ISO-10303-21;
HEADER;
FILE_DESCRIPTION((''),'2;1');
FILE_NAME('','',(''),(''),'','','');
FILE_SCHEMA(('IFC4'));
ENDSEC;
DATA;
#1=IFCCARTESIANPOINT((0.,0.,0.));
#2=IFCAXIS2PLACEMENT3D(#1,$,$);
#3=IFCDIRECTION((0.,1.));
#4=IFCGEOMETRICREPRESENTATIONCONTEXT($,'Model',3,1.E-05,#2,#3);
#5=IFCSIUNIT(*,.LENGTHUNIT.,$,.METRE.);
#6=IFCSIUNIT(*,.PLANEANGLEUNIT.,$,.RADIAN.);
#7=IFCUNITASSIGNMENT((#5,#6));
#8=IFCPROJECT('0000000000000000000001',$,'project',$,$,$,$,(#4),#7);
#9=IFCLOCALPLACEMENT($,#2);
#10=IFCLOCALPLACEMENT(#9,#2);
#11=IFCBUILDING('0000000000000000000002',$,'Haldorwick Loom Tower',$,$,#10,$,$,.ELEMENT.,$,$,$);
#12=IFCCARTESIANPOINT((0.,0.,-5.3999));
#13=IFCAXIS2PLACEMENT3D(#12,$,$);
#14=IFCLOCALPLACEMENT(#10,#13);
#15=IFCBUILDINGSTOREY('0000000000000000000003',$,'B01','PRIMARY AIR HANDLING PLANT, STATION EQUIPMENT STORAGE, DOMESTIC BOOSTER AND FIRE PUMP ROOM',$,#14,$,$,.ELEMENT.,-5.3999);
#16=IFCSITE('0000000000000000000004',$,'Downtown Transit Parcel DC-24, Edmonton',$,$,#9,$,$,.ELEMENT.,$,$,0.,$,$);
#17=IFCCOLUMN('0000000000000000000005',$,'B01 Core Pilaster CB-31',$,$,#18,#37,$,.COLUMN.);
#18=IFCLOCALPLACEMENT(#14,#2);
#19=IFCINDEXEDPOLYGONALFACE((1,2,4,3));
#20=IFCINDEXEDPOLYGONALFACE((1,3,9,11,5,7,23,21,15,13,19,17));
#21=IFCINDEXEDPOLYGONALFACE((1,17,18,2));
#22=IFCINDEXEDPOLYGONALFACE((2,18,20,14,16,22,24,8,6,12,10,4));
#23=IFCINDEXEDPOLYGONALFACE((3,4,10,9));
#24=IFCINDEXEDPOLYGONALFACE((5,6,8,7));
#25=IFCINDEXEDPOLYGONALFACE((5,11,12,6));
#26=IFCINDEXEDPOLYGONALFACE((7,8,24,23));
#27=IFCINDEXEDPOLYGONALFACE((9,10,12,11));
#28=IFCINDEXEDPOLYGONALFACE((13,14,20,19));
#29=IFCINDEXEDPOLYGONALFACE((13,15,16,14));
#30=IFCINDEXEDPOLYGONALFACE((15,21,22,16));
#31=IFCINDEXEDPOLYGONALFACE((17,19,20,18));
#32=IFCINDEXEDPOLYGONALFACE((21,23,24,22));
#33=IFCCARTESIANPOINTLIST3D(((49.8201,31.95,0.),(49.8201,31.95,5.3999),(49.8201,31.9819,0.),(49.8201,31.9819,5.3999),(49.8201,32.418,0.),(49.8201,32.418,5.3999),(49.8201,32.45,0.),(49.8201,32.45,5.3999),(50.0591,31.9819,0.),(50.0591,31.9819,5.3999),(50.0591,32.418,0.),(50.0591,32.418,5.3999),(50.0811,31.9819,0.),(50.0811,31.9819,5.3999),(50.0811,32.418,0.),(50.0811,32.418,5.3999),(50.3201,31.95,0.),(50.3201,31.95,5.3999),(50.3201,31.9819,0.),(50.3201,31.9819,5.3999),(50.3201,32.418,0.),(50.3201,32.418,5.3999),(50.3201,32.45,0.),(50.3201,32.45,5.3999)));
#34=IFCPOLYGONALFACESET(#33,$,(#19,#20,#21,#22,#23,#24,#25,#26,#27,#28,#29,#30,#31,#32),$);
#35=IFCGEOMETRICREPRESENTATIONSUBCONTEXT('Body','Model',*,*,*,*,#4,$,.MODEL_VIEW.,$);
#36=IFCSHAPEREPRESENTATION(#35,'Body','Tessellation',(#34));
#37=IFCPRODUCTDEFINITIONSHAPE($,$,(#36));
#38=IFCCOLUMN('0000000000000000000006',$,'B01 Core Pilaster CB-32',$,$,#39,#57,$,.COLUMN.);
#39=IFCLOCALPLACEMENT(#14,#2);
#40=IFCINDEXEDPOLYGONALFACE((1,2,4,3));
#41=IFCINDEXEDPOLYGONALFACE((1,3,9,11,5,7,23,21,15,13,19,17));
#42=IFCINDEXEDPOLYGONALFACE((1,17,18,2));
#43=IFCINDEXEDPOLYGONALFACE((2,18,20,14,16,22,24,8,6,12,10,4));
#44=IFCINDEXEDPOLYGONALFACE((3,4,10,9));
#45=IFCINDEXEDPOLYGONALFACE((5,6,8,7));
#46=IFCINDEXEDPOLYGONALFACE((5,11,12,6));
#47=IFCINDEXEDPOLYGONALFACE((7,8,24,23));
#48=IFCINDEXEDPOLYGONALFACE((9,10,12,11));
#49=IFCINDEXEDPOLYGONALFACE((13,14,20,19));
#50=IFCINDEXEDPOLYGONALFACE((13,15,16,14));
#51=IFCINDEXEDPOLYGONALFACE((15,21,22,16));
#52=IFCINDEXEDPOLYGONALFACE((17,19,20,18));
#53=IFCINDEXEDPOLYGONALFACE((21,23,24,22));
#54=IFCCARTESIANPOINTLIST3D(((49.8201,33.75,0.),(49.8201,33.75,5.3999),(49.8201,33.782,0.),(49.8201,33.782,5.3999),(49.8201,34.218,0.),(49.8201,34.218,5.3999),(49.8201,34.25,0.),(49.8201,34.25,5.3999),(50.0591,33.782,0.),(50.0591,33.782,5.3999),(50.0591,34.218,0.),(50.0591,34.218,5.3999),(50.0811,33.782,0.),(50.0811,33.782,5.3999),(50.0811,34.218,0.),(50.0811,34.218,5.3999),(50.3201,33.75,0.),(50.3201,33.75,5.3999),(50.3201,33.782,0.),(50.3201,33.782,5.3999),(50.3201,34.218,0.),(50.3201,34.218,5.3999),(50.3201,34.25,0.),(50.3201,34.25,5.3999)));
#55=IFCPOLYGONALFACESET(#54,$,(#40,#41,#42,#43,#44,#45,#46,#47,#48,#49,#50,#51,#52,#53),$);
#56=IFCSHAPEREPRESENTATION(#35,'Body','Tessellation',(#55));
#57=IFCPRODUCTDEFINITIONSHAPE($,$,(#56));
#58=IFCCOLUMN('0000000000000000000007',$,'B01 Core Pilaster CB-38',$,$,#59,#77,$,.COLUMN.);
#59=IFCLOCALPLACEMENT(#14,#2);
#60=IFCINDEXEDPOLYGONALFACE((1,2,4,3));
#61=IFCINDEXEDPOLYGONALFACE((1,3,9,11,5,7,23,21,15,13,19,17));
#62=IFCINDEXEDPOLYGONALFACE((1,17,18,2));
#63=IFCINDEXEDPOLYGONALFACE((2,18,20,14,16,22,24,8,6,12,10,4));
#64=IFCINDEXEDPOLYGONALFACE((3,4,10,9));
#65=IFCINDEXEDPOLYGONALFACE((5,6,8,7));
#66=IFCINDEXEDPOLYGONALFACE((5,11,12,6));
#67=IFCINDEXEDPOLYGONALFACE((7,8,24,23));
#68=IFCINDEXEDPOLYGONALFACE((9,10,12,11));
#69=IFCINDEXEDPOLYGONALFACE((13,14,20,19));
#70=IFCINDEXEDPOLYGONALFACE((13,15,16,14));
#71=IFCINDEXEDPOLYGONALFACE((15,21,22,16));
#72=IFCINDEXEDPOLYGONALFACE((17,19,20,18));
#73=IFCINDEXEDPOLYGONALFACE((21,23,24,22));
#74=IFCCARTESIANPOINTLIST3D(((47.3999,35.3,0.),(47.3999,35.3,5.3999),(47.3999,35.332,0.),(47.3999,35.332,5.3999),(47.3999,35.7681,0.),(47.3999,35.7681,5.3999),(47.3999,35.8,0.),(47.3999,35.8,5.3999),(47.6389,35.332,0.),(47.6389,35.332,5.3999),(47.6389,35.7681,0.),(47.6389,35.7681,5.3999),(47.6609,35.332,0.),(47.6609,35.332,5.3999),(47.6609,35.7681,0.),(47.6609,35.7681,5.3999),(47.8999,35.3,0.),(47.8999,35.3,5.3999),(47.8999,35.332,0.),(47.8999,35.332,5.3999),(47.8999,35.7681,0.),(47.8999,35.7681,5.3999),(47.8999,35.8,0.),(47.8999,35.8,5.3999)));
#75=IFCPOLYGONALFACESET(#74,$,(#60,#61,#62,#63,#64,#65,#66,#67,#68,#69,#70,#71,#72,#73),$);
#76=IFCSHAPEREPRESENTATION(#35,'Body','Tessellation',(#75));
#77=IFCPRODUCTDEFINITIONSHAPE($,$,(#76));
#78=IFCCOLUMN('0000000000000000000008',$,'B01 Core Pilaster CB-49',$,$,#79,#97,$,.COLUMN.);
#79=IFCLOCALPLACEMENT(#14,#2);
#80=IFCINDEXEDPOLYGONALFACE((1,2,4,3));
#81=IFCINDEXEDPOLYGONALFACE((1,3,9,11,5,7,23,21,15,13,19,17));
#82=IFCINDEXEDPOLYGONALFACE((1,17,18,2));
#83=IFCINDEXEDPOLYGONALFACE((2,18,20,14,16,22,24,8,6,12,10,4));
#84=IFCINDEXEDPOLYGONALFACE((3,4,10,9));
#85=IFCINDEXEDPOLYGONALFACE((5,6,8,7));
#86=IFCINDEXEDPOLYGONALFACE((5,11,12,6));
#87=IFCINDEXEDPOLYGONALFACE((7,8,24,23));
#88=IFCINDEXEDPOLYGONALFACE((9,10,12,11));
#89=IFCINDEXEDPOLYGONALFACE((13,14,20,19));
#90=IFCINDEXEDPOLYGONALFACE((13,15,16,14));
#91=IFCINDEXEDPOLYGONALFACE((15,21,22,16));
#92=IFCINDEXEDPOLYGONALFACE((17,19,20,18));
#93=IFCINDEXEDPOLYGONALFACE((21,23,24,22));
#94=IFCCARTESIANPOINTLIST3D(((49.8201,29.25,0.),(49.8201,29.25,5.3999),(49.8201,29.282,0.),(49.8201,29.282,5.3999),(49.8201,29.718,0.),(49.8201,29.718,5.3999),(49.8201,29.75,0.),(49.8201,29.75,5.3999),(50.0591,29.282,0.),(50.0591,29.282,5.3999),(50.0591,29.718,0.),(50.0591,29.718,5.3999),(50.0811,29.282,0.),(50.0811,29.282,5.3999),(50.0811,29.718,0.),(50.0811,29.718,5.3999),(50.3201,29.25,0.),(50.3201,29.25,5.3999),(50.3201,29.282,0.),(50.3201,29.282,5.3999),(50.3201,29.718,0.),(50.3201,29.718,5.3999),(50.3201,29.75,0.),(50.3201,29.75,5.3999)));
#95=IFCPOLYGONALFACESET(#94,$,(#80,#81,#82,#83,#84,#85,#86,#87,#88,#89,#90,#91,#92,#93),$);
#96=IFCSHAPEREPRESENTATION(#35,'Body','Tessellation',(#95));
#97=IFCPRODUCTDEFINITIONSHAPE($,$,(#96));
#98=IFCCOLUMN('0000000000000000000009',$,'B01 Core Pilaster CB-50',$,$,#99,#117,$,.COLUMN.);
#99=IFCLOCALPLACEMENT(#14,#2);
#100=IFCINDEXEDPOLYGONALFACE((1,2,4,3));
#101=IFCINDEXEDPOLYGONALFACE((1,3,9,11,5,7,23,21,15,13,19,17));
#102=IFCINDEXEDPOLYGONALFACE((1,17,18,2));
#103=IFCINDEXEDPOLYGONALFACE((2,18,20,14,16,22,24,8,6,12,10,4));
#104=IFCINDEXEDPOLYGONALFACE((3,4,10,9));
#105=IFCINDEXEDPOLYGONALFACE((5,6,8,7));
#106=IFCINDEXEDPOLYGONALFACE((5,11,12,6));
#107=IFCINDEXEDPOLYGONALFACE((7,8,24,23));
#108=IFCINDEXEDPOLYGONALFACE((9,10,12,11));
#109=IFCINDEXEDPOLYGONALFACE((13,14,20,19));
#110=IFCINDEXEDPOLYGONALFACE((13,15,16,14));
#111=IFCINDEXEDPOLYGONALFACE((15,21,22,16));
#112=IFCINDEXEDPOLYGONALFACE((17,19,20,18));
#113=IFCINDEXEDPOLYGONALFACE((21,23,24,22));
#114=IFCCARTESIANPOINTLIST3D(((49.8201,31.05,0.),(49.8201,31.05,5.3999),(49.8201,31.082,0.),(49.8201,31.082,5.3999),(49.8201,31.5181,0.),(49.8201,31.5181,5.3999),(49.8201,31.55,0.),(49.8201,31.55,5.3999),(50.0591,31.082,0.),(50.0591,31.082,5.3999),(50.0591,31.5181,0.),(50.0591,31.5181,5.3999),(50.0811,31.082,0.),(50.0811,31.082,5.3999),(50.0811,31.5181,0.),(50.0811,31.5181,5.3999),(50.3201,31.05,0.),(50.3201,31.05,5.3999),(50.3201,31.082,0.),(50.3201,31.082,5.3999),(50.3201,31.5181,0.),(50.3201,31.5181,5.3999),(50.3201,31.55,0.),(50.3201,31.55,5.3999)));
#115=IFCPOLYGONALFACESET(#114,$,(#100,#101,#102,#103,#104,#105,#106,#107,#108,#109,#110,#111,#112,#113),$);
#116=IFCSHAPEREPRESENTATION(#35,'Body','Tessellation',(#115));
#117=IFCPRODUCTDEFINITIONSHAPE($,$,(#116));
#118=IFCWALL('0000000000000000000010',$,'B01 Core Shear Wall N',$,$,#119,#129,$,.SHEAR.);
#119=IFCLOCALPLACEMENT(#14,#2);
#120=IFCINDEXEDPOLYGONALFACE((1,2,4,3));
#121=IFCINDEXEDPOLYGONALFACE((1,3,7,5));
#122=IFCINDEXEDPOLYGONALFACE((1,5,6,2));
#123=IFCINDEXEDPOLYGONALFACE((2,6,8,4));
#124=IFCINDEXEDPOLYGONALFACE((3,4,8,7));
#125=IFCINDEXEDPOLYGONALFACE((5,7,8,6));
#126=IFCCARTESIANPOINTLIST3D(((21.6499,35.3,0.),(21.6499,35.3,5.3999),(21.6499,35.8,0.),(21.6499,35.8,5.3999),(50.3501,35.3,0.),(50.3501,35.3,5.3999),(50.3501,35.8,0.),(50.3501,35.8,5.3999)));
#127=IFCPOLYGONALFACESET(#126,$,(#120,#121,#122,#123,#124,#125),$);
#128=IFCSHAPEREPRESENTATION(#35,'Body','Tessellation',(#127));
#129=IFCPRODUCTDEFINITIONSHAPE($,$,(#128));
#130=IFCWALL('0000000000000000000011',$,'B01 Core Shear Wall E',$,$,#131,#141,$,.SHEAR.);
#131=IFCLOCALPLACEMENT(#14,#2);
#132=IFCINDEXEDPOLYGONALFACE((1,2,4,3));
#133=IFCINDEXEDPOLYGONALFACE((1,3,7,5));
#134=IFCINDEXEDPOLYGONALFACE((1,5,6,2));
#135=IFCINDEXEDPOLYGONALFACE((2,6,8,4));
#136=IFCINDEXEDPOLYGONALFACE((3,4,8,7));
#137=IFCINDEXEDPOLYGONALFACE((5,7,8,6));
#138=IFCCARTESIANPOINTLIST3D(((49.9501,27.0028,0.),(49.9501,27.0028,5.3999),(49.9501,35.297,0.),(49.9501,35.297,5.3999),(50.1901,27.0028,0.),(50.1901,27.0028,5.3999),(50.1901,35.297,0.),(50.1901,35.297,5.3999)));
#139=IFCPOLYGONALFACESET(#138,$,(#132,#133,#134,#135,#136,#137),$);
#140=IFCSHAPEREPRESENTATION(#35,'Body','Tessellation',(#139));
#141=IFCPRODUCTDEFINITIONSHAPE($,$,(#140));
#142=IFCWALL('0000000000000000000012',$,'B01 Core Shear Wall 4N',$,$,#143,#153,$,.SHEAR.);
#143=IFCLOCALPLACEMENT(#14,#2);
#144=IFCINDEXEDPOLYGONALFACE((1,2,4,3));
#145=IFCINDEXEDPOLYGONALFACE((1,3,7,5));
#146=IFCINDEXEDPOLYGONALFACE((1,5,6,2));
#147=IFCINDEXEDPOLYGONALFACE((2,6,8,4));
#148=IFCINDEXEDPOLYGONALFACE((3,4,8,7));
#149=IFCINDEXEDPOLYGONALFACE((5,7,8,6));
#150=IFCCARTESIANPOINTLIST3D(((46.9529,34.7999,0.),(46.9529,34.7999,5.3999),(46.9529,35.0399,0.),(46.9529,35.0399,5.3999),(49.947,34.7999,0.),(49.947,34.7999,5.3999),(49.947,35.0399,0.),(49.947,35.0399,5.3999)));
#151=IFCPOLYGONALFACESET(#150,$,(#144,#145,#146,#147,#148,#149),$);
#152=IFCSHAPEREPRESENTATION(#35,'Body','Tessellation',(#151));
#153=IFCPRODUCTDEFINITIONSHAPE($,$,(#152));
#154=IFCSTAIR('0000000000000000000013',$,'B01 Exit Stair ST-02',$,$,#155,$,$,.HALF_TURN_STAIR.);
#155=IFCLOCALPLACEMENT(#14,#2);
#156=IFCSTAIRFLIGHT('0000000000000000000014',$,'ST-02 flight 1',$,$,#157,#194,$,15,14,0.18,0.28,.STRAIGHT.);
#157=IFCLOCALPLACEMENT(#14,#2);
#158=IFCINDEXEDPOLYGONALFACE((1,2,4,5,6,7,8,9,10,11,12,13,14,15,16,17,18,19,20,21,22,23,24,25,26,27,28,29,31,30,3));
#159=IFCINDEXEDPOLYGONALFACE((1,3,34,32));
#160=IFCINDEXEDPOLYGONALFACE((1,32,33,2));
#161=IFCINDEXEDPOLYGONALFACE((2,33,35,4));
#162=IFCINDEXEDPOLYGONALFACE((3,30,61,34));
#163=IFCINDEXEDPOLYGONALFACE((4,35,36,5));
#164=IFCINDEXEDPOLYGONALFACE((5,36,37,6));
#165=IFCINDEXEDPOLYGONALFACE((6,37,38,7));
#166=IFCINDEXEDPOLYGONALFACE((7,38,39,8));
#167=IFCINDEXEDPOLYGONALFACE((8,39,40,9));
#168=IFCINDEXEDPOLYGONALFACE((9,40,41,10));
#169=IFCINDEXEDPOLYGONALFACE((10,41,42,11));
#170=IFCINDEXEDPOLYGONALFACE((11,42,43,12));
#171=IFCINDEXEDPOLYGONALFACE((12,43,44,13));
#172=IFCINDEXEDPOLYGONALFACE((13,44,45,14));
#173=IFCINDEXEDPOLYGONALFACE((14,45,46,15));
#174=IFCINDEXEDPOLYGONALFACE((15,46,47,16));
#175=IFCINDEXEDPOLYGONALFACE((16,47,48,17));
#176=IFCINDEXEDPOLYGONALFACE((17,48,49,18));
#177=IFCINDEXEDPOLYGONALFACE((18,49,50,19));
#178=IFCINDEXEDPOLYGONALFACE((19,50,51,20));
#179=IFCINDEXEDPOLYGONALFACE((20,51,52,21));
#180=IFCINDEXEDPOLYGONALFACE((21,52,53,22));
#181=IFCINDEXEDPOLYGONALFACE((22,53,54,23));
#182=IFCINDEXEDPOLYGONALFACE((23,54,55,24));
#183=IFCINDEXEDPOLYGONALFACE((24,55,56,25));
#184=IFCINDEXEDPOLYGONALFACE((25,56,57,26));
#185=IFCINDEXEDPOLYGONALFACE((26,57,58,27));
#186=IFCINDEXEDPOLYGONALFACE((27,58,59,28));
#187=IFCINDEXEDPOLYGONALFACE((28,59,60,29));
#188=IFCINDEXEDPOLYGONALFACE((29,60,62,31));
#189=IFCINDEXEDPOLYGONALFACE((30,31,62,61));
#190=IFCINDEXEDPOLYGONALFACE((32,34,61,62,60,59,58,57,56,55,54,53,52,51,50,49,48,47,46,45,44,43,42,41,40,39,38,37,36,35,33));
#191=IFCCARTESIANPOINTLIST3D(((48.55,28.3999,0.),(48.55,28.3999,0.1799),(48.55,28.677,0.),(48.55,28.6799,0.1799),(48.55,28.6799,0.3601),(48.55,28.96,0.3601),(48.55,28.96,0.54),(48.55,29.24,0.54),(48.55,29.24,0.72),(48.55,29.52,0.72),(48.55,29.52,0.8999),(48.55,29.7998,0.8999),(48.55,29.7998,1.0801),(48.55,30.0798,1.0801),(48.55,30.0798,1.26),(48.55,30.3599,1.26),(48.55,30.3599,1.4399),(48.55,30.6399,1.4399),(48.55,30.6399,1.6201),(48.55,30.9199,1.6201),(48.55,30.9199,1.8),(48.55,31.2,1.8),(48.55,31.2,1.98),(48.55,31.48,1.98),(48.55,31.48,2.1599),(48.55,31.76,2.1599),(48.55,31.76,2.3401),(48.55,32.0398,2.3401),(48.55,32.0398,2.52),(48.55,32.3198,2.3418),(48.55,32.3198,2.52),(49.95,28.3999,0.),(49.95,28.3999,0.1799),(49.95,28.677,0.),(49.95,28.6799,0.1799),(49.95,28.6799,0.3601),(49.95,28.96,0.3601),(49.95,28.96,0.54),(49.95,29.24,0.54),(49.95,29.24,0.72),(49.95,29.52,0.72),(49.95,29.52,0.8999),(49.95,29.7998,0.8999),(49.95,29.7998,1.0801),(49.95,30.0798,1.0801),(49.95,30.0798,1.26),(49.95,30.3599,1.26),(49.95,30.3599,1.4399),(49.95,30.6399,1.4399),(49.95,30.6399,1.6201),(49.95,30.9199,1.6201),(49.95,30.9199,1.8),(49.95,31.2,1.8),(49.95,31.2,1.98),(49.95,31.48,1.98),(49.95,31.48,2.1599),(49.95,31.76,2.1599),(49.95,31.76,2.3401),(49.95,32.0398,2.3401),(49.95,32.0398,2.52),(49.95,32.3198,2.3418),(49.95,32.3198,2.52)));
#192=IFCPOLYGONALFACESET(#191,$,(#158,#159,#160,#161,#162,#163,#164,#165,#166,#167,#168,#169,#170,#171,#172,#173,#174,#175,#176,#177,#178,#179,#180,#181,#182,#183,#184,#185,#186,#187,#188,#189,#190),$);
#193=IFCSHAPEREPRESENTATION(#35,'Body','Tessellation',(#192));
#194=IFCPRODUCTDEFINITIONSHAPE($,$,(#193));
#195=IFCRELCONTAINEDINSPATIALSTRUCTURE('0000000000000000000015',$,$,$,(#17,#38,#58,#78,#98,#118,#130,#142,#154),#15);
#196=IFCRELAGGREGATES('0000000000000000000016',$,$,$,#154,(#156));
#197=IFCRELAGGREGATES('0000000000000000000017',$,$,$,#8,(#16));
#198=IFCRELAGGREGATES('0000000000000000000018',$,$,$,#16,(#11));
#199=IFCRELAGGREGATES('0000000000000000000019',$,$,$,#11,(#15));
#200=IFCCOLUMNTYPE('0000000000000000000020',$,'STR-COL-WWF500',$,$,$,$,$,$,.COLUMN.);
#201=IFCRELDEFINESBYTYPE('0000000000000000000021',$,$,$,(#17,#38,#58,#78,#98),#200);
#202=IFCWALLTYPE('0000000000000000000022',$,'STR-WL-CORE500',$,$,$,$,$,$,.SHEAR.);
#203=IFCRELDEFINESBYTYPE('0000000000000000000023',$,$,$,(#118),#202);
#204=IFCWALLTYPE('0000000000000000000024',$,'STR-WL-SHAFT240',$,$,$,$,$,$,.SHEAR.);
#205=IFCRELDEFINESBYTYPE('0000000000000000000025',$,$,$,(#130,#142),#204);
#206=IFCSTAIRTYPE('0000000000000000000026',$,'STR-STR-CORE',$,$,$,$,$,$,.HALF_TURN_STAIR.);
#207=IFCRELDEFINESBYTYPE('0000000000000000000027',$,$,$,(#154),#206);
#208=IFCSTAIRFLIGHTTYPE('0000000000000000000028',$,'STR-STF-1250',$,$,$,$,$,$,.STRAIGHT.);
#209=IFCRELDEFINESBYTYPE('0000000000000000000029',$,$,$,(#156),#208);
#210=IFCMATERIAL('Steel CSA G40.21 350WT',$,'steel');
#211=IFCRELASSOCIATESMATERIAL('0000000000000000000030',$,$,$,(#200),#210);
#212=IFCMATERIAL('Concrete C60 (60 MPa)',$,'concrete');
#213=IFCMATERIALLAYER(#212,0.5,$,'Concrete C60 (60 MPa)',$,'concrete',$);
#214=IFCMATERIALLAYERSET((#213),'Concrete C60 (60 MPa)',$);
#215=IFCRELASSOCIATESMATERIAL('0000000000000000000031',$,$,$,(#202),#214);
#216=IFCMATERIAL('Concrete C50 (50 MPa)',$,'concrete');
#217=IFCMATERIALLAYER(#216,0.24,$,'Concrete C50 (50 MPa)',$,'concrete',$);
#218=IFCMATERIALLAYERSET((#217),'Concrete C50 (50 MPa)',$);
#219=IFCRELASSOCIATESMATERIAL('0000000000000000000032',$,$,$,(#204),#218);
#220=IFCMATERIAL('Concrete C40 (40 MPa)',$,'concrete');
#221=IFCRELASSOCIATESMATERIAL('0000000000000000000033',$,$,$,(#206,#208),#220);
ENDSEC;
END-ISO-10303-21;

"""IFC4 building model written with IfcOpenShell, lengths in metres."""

from ifc_helpers import new_model, si_unit, direction, frame, frame_2d, origin, origin_2d, place, context, subcontext, project, spatial, polyline, rectangle, i_section, outline, extrude, material, layer, layer_set, material_profile, profile_set, type_object, element, aggregate, save


model = new_model("IFC4")

# Units and contexts
model_context = context("Model", 3, precision=1e-05, world=origin(), true_north=direction((0.0, 1.0)))
body_context = subcontext(model_context, "Body", "Model", "MODEL_VIEW")
ifc_project = project(units=[si_unit("LENGTHUNIT", "METRE"), si_unit("PLANEANGLEUNIT", "RADIAN")], contexts=[model_context])

# Site, building, storey
site_placement = place(None, origin())
site = spatial("IfcSite", under=ifc_project, at=site_placement, Name="Downtown Transit Parcel DC-24, Edmonton", CompositionType="ELEMENT", RefElevation=0.0)
building_placement = place(site_placement, origin())
building = spatial("IfcBuilding", under=site, at=building_placement, Name="Haldorwick Loom Tower", CompositionType="ELEMENT")
storey_placement = place(building_placement, frame((0.0, 0.0, -5.3999)))
storey = spatial("IfcBuildingStorey", under=building, at=storey_placement, Name="B01", Description="PRIMARY AIR HANDLING PLANT, STATION EQUIPMENT STORAGE, DOMESTIC BOOSTER AND FIRE PUMP ROOM", CompositionType="ELEMENT", Elevation=-5.3999)

# Columns
ifc_material_1 = material(Name="Steel CSA G40.21 350WT", Category="steel")
ifc_material_profile_1 = material_profile(ifc_material_1, i_section(OverallWidth=0.5, OverallDepth=0.5, WebThickness=0.022, FlangeThickness=0.032, at=origin_2d()), Name="WWF500X500", Category="steel")
ifc_profile_set_1 = profile_set([ifc_material_profile_1], Name="Steel CSA G40.21 350WT")
column_type = type_object("IfcColumnType", Name="STR-COL-WWF500", PredefinedType="COLUMN", material=ifc_profile_set_1)
for number, where, z_axis, x_axis, name in (
    (1, (50.0701, 32.2, 0.0), (0.0, 0.0, 1.0), (1.0, 0.0, 0.0), "B01 Core Pilaster CB-31"),
    (2, (50.0701, 34.0, 0.0), (0.0, 0.0, 1.0), (1.0, 0.0, 0.0), "B01 Core Pilaster CB-32"),
    (3, (47.6499, 35.55, 0.0), (0.0, 0.0, 1.0), (1.0, 0.0, 0.0), "B01 Core Pilaster CB-38"),
    (4, (50.0701, 29.5, 0.0), (0.0, 0.0, 1.0), (1.0, 0.0, 0.0), "B01 Core Pilaster CB-49"),
    (5, (50.0701, 31.3, 0.0), (0.0, 0.0, 1.0), (1.0, 0.0, 0.0), "B01 Core Pilaster CB-50"),
):
    element("IfcColumn", number, at=place(storey_placement, frame(where, z_axis=z_axis, x_axis=x_axis)), inside=storey, type_object=column_type, Name=name, PredefinedType="COLUMN", context=body_context, shape_type="SweptSolid", body=[
        extrude(i_section(OverallWidth=0.5, OverallDepth=0.5, WebThickness=0.022, FlangeThickness=0.032, at=origin_2d()), origin(), (0.0, 0.0, 1.0), 5.3999),
    ])

# Walls
ifc_material_2 = material(Name="Concrete C60 (60 MPa)", Category="concrete")
ifc_layer_1 = layer(ifc_material_2, 0.5, Name="Concrete C60 (60 MPa)", Category="concrete")
ifc_layer_set_1 = layer_set([ifc_layer_1], Name="Concrete C60 (60 MPa)")
wall_type_1 = type_object("IfcWallType", Name="STR-WL-CORE500", PredefinedType="SHEAR", material=ifc_layer_set_1)
wall_1_placement = place(storey_placement, frame((50.3501, 35.55, 0.0), z_axis=(0.0, 0.0, 1.0), x_axis=(-1.0, 0.0, 0.0)))
element("IfcWall", 6, at=wall_1_placement, inside=storey, type_object=wall_type_1, Name="B01 Core Shear Wall N", PredefinedType="SHEAR", context=body_context, shape_type="SweptSolid", body=[
    extrude(rectangle(XDim=28.7002, YDim=0.5, at=frame_2d((14.3501, 0.0))), origin(), (0.0, 0.0, 1.0), 5.3999),
])
ifc_material_3 = material(Name="Concrete C50 (50 MPa)", Category="concrete")
ifc_layer_2 = layer(ifc_material_3, 0.24, Name="Concrete C50 (50 MPa)", Category="concrete")
ifc_layer_set_2 = layer_set([ifc_layer_2], Name="Concrete C50 (50 MPa)")
wall_type_2 = type_object("IfcWallType", Name="STR-WL-SHAFT240", PredefinedType="SHEAR", material=ifc_layer_set_2)
wall_2_placement = place(storey_placement, frame((50.0701, 27.0029, 0.0), z_axis=(0.0, 0.0, 1.0), x_axis=(0.0, 1.0, 0.0)))
element("IfcWall", 7, at=wall_2_placement, inside=storey, type_object=wall_type_2, Name="B01 Core Shear Wall E", PredefinedType="SHEAR", context=body_context, shape_type="SweptSolid", body=[
    extrude(rectangle(XDim=8.2942, YDim=0.24, at=frame_2d((4.147, 0.0))), origin(), (0.0, 0.0, 1.0), 5.3999),
])
wall_3_placement = place(storey_placement, frame((46.9529, 34.9199, 0.0), z_axis=(0.0, 0.0, 1.0), x_axis=(1.0, 0.0, 0.0)))
element("IfcWall", 8, at=wall_3_placement, inside=storey, type_object=wall_type_2, Name="B01 Core Shear Wall 4N", PredefinedType="SHEAR", context=body_context, shape_type="SweptSolid", body=[
    extrude(rectangle(XDim=2.9941, YDim=0.24, at=frame_2d((1.4971, 0.0))), origin(), (0.0, 0.0, 1.0), 5.3999),
])

# Stair, stair flight
ifc_material_4 = material(Name="Concrete C40 (40 MPa)", Category="concrete")
stair_type = type_object("IfcStairType", Name="STR-STR-CORE", PredefinedType="HALF_TURN_STAIR", material=ifc_material_4)
stair_placement = place(storey_placement, origin())
stair = element("IfcStair", 9, at=stair_placement, inside=storey, type_object=stair_type, Name="B01 Exit Stair ST-02", PredefinedType="HALF_TURN_STAIR")
stair_flight_type = type_object("IfcStairFlightType", Name="STR-STF-1250", PredefinedType="STRAIGHT", material=ifc_material_4)
stair_flight_1_placement = place(storey_placement, frame((49.25, 28.3999, 0.0), z_axis=(0.0, 0.0, 1.0), x_axis=(0.0, 1.0, 0.0)))
stair_flight_1 = element("IfcStairFlight", 10, at=stair_flight_1_placement, type_object=stair_flight_type, Name="ST-02 flight 1", NumberOfRisers=15, NumberOfTreads=14, PredefinedType="STRAIGHT", RiserHeight=0.18, TreadLength=0.28, context=body_context, shape_type="SweptSolid", body=[
    extrude(outline(polyline([(0.0, 0.0), (0.0, 0.1799), (0.28, 0.1799), (0.28, 0.3601), (0.5601, 0.3601), (0.5601, 0.54), (0.8401, 0.54), (0.8401, 0.72), (1.1201, 0.72), (1.1201, 0.8999), (1.3999, 0.8999), (1.3999, 1.0801), (1.6799, 1.0801), (1.6799, 1.26), (1.96, 1.26), (1.96, 1.4399), (2.24, 1.4399), (2.24, 1.6201), (2.52, 1.6201), (2.52, 1.8), (2.8, 1.8), (2.8, 1.98), (3.0801, 1.98), (3.0801, 2.1599), (3.3601, 2.1599), (3.3601, 2.3401), (3.6399, 2.3401), (3.6399, 2.52), (3.9199, 2.52), (3.9199, 2.7), (3.9199, 2.3418), (0.2771, 0.0), (0.0, 0.0)])), frame((0.0, 0.7, 0.0), z_axis=(0.0, -1.0, 0.0), x_axis=(1.0, 0.0, 0.0)), (0.0, 0.0, 1.0), 1.3999),
])
aggregate(stair, [stair_flight_1])

save(model, "model.ifc")
